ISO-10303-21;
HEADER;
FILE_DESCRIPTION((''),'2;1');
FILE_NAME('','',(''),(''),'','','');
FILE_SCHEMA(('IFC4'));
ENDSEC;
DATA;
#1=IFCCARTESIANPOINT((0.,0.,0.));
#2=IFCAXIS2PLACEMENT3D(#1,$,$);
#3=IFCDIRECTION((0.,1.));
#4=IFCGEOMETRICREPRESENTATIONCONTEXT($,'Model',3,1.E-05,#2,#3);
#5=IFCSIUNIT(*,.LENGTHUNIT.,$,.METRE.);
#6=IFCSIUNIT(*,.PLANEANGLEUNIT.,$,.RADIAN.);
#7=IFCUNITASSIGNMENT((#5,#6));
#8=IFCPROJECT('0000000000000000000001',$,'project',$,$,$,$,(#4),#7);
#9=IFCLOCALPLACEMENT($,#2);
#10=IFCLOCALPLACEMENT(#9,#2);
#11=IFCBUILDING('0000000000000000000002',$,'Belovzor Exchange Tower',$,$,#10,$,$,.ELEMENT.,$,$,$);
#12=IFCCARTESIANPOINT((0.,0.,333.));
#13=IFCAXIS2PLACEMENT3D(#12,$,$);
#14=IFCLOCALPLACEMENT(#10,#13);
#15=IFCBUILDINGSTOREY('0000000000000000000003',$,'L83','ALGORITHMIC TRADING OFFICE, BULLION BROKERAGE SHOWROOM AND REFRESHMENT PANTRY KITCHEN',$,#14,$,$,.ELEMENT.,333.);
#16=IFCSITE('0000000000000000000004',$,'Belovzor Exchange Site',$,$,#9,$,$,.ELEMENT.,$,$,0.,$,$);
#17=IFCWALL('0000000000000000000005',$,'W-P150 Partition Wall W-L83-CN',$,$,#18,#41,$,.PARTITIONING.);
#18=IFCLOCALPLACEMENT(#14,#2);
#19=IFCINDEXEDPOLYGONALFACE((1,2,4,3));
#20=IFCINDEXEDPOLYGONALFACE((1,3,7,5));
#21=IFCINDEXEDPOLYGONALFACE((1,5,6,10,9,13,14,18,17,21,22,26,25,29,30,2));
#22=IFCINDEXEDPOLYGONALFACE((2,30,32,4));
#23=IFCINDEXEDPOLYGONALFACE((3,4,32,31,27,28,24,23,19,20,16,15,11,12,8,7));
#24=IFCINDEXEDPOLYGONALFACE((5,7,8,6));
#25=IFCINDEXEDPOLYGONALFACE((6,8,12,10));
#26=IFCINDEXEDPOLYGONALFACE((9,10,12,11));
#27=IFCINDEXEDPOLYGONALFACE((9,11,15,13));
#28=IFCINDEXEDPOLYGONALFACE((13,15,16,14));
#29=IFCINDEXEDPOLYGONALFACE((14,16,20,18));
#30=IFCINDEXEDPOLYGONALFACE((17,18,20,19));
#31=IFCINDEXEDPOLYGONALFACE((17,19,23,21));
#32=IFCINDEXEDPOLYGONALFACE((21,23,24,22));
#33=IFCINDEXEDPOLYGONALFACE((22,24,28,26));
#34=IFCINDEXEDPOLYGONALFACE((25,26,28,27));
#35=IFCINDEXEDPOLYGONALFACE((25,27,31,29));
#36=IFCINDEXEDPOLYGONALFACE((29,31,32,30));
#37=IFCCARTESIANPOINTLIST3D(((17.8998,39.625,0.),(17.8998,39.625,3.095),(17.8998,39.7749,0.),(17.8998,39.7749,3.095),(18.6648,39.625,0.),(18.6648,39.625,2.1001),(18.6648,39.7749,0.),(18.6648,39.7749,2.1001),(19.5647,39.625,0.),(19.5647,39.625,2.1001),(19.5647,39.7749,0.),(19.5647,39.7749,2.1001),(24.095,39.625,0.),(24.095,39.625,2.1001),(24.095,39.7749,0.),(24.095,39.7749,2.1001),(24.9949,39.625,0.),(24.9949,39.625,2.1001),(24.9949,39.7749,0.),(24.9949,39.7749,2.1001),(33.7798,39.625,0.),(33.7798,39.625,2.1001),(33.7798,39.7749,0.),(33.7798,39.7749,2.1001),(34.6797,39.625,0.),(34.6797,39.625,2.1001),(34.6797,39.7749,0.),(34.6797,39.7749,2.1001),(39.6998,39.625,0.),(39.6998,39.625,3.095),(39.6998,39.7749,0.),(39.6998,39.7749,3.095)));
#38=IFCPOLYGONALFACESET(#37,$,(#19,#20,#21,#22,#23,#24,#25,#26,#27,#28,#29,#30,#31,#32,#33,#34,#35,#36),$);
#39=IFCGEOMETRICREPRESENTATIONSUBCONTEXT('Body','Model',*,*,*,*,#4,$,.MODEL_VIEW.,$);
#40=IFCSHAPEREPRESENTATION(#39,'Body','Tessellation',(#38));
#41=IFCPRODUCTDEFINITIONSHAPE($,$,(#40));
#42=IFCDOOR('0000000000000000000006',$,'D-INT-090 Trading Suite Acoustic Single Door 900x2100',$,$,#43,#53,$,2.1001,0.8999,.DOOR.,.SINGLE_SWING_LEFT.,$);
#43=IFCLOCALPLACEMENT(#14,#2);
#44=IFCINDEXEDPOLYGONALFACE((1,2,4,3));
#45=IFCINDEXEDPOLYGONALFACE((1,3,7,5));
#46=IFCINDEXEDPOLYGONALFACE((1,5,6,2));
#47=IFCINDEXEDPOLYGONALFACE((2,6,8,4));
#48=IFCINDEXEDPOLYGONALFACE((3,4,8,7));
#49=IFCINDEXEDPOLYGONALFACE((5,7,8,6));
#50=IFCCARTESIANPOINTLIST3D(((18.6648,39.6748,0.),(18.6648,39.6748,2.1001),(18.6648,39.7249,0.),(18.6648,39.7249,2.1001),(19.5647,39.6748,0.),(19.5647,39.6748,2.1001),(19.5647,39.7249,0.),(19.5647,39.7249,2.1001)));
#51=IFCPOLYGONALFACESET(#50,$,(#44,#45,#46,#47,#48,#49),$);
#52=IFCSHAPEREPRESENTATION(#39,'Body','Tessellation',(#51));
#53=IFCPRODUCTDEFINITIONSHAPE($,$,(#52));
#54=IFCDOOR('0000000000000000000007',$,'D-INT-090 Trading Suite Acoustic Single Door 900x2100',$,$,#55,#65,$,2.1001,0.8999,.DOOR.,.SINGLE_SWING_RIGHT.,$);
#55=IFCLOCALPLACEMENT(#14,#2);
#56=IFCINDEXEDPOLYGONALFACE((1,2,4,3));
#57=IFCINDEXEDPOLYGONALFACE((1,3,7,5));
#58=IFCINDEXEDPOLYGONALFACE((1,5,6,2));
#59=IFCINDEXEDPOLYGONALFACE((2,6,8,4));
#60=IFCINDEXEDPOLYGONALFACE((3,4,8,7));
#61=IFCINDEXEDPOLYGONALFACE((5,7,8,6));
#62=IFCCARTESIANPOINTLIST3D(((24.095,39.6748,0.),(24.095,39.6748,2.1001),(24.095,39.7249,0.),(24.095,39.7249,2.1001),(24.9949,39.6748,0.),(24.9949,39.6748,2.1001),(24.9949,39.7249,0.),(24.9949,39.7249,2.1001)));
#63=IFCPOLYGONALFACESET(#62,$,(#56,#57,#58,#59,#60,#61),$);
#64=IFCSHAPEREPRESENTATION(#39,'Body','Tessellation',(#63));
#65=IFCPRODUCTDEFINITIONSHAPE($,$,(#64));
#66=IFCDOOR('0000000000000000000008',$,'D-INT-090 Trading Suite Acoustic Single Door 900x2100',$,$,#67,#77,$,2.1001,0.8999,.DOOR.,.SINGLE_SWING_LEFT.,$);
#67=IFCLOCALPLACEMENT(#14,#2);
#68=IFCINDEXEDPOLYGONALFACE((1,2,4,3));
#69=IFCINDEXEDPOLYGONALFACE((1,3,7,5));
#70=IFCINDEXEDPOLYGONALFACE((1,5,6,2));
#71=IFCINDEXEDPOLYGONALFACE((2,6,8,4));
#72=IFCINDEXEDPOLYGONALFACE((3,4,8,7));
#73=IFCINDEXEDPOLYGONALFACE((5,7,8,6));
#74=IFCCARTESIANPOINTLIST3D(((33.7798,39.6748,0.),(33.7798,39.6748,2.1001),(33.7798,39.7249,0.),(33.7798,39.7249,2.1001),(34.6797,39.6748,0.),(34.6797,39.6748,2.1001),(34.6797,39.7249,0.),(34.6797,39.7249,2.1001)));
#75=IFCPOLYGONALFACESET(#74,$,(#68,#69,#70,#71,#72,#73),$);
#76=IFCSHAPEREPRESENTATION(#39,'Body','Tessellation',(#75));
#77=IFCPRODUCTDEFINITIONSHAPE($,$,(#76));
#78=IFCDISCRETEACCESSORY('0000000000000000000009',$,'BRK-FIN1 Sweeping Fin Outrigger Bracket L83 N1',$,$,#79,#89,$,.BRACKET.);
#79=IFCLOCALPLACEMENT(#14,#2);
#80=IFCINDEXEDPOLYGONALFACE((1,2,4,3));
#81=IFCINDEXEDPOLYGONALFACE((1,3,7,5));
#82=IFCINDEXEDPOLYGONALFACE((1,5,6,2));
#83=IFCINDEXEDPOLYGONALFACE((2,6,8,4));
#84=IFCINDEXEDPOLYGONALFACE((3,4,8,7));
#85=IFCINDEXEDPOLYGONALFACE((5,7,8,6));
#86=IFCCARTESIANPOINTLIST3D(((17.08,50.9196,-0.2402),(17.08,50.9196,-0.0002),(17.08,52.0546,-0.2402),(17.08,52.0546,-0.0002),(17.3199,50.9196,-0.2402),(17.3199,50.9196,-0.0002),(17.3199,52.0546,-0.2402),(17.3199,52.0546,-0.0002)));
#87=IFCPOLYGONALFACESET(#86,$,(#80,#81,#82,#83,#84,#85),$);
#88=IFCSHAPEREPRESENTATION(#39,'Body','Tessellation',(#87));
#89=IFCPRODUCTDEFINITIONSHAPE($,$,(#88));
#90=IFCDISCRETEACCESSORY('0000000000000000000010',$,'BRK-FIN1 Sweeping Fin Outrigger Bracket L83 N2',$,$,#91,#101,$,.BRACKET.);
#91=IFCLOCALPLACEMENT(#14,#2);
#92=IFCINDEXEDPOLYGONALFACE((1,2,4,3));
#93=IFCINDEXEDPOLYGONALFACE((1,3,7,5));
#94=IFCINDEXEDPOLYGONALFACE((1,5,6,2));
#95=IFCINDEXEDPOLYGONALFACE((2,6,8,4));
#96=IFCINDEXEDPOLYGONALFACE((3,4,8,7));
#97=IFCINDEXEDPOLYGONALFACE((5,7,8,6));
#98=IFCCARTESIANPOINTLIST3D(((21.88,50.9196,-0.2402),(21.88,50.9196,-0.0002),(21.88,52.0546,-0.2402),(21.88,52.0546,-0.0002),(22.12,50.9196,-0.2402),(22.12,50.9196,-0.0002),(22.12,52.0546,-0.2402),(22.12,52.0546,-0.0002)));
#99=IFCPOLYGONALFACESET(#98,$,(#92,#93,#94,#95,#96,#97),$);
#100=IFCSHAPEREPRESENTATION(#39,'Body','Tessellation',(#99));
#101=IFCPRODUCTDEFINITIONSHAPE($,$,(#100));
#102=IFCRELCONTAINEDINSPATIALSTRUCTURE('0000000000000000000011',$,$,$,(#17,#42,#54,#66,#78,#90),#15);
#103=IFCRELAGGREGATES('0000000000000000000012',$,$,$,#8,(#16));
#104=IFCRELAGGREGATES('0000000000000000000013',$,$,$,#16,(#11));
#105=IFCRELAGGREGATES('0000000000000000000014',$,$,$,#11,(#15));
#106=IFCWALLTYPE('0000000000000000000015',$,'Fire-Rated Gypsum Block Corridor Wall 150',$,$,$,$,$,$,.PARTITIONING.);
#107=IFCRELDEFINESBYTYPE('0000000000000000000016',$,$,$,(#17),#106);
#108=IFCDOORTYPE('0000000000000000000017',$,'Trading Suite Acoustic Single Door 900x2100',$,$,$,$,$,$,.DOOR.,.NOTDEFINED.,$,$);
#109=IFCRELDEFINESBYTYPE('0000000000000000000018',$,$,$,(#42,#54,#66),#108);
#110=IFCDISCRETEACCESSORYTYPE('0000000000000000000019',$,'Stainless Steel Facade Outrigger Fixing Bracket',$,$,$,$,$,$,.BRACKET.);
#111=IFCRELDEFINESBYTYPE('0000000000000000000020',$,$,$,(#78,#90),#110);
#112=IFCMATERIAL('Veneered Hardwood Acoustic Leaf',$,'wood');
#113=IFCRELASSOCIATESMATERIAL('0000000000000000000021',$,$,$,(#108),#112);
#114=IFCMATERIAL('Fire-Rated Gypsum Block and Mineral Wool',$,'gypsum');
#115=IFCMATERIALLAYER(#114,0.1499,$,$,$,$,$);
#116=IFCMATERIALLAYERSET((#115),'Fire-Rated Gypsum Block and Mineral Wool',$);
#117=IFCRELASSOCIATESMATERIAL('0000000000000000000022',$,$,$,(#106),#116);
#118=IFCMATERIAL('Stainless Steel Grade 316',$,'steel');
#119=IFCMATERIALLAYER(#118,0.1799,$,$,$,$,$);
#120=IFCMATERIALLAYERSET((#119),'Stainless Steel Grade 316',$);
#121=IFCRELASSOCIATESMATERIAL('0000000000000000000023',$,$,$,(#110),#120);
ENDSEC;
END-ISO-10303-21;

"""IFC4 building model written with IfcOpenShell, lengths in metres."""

from ifc_helpers import new_model, si_unit, direction, frame, frame_2d, origin, origin_2d, place, context, subcontext, project, spatial, rectangle, extrude, material, layer, layer_set, type_object, element, fill, save


model = new_model("IFC4")

# Units and contexts
model_context = context("Model", 3, precision=1e-05, world=origin(), true_north=direction((0.0, 1.0)))
body_context = subcontext(model_context, "Body", "Model", "MODEL_VIEW")
ifc_project = project(units=[si_unit("LENGTHUNIT", "METRE"), si_unit("PLANEANGLEUNIT", "RADIAN")], contexts=[model_context])

# Site, building, storey
site_placement = place(None, origin())
site = spatial("IfcSite", under=ifc_project, at=site_placement, Name="Belovzor Exchange Site", CompositionType="ELEMENT", RefElevation=0.0)
building_placement = place(site_placement, origin())
building = spatial("IfcBuilding", under=site, at=building_placement, Name="Belovzor Exchange Tower", CompositionType="ELEMENT")
storey_placement = place(building_placement, frame((0.0, 0.0, 333.0)))
storey = spatial("IfcBuildingStorey", under=building, at=storey_placement, Name="L83", Description="ALGORITHMIC TRADING OFFICE, BULLION BROKERAGE SHOWROOM AND REFRESHMENT PANTRY KITCHEN", CompositionType="ELEMENT", Elevation=333.0)

# Shared definitions
ifc_material_1 = material(Name="Veneered Hardwood Acoustic Leaf", Category="wood")
door_type = type_object("IfcDoorType", Name="Trading Suite Acoustic Single Door 900x2100", OperationType="NOTDEFINED", PredefinedType="DOOR", material=ifc_material_1)

# Wall, openings, doors
ifc_material_2 = material(Name="Fire-Rated Gypsum Block and Mineral Wool", Category="gypsum")
ifc_layer_1 = layer(ifc_material_2, 0.1499)
ifc_layer_set_1 = layer_set([ifc_layer_1], Name="Fire-Rated Gypsum Block and Mineral Wool")
wall_type_1 = type_object("IfcWallType", Name="Fire-Rated Gypsum Block Corridor Wall 150", PredefinedType="PARTITIONING", material=ifc_layer_set_1)
wall_1_placement = place(storey_placement, frame((17.8999, 39.7, 0.0), z_axis=(0.0, 0.0, 1.0), x_axis=(1.0, 0.0, 0.0)))
wall_1 = element("IfcWall", 1, at=wall_1_placement, inside=storey, type_object=wall_type_1, Name="W-P150 Partition Wall W-L83-CN", PredefinedType="PARTITIONING", context=body_context, shape_type="SweptSolid", body=[
    extrude(rectangle(XDim=21.8, YDim=0.1499, at=frame_2d((10.8999, 0.0))), origin(), (0.0, 0.0, 1.0), 3.095),
])
opening_1_placement = place(wall_1_placement, frame((0.7649, 0.0, 0.0)))
opening_1 = element("IfcOpeningElement", 2, at=opening_1_placement, cuts=wall_1, PredefinedType="OPENING", context=body_context, shape_type="SweptSolid", body=[
    extrude(rectangle(XDim=0.8999, YDim=2.1001, at=frame_2d((0.45, 1.05))), frame((0.0, 0.085, 0.0), z_axis=(0.0, -1.0, 0.0), x_axis=(1.0, 0.0, 0.0)), (0.0, 0.0, 1.0), 0.1699),
])
opening_2_placement = place(wall_1_placement, frame((6.1951, 0.0, 0.0)))
opening_2 = element("IfcOpeningElement", 3, at=opening_2_placement, cuts=wall_1, PredefinedType="OPENING", context=body_context, shape_type="SweptSolid", body=[
    extrude(rectangle(XDim=0.8999, YDim=2.1001, at=frame_2d((0.45, 1.05))), frame((0.0, 0.085, 0.0), z_axis=(0.0, -1.0, 0.0), x_axis=(1.0, 0.0, 0.0)), (0.0, 0.0, 1.0), 0.1699),
])
opening_3_placement = place(wall_1_placement, frame((15.8799, 0.0, 0.0)))
opening_3 = element("IfcOpeningElement", 4, at=opening_3_placement, cuts=wall_1, PredefinedType="OPENING", context=body_context, shape_type="SweptSolid", body=[
    extrude(rectangle(XDim=0.8999, YDim=2.1001, at=frame_2d((0.45, 1.05))), frame((0.0, 0.085, 0.0), z_axis=(0.0, -1.0, 0.0), x_axis=(1.0, 0.0, 0.0)), (0.0, 0.0, 1.0), 0.1699),
])
door_1_placement = place(opening_1_placement, origin())
door_1 = element("IfcDoor", 5, at=door_1_placement, inside=storey, type_object=door_type, Name="D-INT-090 Trading Suite Acoustic Single Door 900x2100", OperationType="SINGLE_SWING_LEFT", OverallHeight=2.1001, OverallWidth=0.8999, PredefinedType="DOOR", context=body_context, shape_type="SweptSolid", body=[
    extrude(rectangle(XDim=0.8999, YDim=2.1001, at=frame_2d((0.45, 1.05))), frame((0.0, 0.0249, 0.0), z_axis=(0.0, -1.0, 0.0), x_axis=(1.0, 0.0, 0.0)), (0.0, 0.0, 1.0), 0.05),
])
fill(opening_1, door_1)
door_2_placement = place(opening_2_placement, origin())
door_2 = element("IfcDoor", 6, at=door_2_placement, inside=storey, type_object=door_type, Name="D-INT-090 Trading Suite Acoustic Single Door 900x2100", OperationType="SINGLE_SWING_RIGHT", OverallHeight=2.1001, OverallWidth=0.8999, PredefinedType="DOOR", context=body_context, shape_type="SweptSolid", body=[
    extrude(rectangle(XDim=0.8999, YDim=2.1001, at=frame_2d((0.45, 1.05))), frame((0.0, 0.0249, 0.0), z_axis=(0.0, -1.0, 0.0), x_axis=(1.0, 0.0, 0.0)), (0.0, 0.0, 1.0), 0.05),
])
fill(opening_2, door_2)
door_3_placement = place(opening_3_placement, origin())
door_3 = element("IfcDoor", 7, at=door_3_placement, inside=storey, type_object=door_type, Name="D-INT-090 Trading Suite Acoustic Single Door 900x2100", OperationType="SINGLE_SWING_LEFT", OverallHeight=2.1001, OverallWidth=0.8999, PredefinedType="DOOR", context=body_context, shape_type="SweptSolid", body=[
    extrude(rectangle(XDim=0.8999, YDim=2.1001, at=frame_2d((0.45, 1.05))), frame((0.0, 0.0249, 0.0), z_axis=(0.0, -1.0, 0.0), x_axis=(1.0, 0.0, 0.0)), (0.0, 0.0, 1.0), 0.05),
])
fill(opening_3, door_3)

# Discrete accessories
ifc_material_3 = material(Name="Stainless Steel Grade 316", Category="steel")
ifc_layer_2 = layer(ifc_material_3, 0.1799)
ifc_layer_set_2 = layer_set([ifc_layer_2], Name="Stainless Steel Grade 316")
discrete_accessory_type = type_object("IfcDiscreteAccessoryType", Name="Stainless Steel Facade Outrigger Fixing Bracket", PredefinedType="BRACKET", material=ifc_layer_set_2)
for number, where, z_axis, x_axis, name in (
    (8, (17.2, 51.4871, -0.2402), (0.0, 0.0, 1.0), (0.0, 1.0, 0.0), "BRK-FIN1 Sweeping Fin Outrigger Bracket L83 N1"),
    (9, (22.0, 51.4871, -0.2402), (0.0, 0.0, 1.0), (0.0, 1.0, 0.0), "BRK-FIN1 Sweeping Fin Outrigger Bracket L83 N2"),
):
    element("IfcDiscreteAccessory", number, at=place(storey_placement, frame(where, z_axis=z_axis, x_axis=x_axis)), inside=storey, type_object=discrete_accessory_type, Name=name, PredefinedType="BRACKET", context=body_context, shape_type="SweptSolid", body=[
        extrude(rectangle(XDim=1.135, YDim=0.24, at=origin_2d()), origin(), (0.0, 0.0, 1.0), 0.24),
    ])

save(model, "model.ifc")
